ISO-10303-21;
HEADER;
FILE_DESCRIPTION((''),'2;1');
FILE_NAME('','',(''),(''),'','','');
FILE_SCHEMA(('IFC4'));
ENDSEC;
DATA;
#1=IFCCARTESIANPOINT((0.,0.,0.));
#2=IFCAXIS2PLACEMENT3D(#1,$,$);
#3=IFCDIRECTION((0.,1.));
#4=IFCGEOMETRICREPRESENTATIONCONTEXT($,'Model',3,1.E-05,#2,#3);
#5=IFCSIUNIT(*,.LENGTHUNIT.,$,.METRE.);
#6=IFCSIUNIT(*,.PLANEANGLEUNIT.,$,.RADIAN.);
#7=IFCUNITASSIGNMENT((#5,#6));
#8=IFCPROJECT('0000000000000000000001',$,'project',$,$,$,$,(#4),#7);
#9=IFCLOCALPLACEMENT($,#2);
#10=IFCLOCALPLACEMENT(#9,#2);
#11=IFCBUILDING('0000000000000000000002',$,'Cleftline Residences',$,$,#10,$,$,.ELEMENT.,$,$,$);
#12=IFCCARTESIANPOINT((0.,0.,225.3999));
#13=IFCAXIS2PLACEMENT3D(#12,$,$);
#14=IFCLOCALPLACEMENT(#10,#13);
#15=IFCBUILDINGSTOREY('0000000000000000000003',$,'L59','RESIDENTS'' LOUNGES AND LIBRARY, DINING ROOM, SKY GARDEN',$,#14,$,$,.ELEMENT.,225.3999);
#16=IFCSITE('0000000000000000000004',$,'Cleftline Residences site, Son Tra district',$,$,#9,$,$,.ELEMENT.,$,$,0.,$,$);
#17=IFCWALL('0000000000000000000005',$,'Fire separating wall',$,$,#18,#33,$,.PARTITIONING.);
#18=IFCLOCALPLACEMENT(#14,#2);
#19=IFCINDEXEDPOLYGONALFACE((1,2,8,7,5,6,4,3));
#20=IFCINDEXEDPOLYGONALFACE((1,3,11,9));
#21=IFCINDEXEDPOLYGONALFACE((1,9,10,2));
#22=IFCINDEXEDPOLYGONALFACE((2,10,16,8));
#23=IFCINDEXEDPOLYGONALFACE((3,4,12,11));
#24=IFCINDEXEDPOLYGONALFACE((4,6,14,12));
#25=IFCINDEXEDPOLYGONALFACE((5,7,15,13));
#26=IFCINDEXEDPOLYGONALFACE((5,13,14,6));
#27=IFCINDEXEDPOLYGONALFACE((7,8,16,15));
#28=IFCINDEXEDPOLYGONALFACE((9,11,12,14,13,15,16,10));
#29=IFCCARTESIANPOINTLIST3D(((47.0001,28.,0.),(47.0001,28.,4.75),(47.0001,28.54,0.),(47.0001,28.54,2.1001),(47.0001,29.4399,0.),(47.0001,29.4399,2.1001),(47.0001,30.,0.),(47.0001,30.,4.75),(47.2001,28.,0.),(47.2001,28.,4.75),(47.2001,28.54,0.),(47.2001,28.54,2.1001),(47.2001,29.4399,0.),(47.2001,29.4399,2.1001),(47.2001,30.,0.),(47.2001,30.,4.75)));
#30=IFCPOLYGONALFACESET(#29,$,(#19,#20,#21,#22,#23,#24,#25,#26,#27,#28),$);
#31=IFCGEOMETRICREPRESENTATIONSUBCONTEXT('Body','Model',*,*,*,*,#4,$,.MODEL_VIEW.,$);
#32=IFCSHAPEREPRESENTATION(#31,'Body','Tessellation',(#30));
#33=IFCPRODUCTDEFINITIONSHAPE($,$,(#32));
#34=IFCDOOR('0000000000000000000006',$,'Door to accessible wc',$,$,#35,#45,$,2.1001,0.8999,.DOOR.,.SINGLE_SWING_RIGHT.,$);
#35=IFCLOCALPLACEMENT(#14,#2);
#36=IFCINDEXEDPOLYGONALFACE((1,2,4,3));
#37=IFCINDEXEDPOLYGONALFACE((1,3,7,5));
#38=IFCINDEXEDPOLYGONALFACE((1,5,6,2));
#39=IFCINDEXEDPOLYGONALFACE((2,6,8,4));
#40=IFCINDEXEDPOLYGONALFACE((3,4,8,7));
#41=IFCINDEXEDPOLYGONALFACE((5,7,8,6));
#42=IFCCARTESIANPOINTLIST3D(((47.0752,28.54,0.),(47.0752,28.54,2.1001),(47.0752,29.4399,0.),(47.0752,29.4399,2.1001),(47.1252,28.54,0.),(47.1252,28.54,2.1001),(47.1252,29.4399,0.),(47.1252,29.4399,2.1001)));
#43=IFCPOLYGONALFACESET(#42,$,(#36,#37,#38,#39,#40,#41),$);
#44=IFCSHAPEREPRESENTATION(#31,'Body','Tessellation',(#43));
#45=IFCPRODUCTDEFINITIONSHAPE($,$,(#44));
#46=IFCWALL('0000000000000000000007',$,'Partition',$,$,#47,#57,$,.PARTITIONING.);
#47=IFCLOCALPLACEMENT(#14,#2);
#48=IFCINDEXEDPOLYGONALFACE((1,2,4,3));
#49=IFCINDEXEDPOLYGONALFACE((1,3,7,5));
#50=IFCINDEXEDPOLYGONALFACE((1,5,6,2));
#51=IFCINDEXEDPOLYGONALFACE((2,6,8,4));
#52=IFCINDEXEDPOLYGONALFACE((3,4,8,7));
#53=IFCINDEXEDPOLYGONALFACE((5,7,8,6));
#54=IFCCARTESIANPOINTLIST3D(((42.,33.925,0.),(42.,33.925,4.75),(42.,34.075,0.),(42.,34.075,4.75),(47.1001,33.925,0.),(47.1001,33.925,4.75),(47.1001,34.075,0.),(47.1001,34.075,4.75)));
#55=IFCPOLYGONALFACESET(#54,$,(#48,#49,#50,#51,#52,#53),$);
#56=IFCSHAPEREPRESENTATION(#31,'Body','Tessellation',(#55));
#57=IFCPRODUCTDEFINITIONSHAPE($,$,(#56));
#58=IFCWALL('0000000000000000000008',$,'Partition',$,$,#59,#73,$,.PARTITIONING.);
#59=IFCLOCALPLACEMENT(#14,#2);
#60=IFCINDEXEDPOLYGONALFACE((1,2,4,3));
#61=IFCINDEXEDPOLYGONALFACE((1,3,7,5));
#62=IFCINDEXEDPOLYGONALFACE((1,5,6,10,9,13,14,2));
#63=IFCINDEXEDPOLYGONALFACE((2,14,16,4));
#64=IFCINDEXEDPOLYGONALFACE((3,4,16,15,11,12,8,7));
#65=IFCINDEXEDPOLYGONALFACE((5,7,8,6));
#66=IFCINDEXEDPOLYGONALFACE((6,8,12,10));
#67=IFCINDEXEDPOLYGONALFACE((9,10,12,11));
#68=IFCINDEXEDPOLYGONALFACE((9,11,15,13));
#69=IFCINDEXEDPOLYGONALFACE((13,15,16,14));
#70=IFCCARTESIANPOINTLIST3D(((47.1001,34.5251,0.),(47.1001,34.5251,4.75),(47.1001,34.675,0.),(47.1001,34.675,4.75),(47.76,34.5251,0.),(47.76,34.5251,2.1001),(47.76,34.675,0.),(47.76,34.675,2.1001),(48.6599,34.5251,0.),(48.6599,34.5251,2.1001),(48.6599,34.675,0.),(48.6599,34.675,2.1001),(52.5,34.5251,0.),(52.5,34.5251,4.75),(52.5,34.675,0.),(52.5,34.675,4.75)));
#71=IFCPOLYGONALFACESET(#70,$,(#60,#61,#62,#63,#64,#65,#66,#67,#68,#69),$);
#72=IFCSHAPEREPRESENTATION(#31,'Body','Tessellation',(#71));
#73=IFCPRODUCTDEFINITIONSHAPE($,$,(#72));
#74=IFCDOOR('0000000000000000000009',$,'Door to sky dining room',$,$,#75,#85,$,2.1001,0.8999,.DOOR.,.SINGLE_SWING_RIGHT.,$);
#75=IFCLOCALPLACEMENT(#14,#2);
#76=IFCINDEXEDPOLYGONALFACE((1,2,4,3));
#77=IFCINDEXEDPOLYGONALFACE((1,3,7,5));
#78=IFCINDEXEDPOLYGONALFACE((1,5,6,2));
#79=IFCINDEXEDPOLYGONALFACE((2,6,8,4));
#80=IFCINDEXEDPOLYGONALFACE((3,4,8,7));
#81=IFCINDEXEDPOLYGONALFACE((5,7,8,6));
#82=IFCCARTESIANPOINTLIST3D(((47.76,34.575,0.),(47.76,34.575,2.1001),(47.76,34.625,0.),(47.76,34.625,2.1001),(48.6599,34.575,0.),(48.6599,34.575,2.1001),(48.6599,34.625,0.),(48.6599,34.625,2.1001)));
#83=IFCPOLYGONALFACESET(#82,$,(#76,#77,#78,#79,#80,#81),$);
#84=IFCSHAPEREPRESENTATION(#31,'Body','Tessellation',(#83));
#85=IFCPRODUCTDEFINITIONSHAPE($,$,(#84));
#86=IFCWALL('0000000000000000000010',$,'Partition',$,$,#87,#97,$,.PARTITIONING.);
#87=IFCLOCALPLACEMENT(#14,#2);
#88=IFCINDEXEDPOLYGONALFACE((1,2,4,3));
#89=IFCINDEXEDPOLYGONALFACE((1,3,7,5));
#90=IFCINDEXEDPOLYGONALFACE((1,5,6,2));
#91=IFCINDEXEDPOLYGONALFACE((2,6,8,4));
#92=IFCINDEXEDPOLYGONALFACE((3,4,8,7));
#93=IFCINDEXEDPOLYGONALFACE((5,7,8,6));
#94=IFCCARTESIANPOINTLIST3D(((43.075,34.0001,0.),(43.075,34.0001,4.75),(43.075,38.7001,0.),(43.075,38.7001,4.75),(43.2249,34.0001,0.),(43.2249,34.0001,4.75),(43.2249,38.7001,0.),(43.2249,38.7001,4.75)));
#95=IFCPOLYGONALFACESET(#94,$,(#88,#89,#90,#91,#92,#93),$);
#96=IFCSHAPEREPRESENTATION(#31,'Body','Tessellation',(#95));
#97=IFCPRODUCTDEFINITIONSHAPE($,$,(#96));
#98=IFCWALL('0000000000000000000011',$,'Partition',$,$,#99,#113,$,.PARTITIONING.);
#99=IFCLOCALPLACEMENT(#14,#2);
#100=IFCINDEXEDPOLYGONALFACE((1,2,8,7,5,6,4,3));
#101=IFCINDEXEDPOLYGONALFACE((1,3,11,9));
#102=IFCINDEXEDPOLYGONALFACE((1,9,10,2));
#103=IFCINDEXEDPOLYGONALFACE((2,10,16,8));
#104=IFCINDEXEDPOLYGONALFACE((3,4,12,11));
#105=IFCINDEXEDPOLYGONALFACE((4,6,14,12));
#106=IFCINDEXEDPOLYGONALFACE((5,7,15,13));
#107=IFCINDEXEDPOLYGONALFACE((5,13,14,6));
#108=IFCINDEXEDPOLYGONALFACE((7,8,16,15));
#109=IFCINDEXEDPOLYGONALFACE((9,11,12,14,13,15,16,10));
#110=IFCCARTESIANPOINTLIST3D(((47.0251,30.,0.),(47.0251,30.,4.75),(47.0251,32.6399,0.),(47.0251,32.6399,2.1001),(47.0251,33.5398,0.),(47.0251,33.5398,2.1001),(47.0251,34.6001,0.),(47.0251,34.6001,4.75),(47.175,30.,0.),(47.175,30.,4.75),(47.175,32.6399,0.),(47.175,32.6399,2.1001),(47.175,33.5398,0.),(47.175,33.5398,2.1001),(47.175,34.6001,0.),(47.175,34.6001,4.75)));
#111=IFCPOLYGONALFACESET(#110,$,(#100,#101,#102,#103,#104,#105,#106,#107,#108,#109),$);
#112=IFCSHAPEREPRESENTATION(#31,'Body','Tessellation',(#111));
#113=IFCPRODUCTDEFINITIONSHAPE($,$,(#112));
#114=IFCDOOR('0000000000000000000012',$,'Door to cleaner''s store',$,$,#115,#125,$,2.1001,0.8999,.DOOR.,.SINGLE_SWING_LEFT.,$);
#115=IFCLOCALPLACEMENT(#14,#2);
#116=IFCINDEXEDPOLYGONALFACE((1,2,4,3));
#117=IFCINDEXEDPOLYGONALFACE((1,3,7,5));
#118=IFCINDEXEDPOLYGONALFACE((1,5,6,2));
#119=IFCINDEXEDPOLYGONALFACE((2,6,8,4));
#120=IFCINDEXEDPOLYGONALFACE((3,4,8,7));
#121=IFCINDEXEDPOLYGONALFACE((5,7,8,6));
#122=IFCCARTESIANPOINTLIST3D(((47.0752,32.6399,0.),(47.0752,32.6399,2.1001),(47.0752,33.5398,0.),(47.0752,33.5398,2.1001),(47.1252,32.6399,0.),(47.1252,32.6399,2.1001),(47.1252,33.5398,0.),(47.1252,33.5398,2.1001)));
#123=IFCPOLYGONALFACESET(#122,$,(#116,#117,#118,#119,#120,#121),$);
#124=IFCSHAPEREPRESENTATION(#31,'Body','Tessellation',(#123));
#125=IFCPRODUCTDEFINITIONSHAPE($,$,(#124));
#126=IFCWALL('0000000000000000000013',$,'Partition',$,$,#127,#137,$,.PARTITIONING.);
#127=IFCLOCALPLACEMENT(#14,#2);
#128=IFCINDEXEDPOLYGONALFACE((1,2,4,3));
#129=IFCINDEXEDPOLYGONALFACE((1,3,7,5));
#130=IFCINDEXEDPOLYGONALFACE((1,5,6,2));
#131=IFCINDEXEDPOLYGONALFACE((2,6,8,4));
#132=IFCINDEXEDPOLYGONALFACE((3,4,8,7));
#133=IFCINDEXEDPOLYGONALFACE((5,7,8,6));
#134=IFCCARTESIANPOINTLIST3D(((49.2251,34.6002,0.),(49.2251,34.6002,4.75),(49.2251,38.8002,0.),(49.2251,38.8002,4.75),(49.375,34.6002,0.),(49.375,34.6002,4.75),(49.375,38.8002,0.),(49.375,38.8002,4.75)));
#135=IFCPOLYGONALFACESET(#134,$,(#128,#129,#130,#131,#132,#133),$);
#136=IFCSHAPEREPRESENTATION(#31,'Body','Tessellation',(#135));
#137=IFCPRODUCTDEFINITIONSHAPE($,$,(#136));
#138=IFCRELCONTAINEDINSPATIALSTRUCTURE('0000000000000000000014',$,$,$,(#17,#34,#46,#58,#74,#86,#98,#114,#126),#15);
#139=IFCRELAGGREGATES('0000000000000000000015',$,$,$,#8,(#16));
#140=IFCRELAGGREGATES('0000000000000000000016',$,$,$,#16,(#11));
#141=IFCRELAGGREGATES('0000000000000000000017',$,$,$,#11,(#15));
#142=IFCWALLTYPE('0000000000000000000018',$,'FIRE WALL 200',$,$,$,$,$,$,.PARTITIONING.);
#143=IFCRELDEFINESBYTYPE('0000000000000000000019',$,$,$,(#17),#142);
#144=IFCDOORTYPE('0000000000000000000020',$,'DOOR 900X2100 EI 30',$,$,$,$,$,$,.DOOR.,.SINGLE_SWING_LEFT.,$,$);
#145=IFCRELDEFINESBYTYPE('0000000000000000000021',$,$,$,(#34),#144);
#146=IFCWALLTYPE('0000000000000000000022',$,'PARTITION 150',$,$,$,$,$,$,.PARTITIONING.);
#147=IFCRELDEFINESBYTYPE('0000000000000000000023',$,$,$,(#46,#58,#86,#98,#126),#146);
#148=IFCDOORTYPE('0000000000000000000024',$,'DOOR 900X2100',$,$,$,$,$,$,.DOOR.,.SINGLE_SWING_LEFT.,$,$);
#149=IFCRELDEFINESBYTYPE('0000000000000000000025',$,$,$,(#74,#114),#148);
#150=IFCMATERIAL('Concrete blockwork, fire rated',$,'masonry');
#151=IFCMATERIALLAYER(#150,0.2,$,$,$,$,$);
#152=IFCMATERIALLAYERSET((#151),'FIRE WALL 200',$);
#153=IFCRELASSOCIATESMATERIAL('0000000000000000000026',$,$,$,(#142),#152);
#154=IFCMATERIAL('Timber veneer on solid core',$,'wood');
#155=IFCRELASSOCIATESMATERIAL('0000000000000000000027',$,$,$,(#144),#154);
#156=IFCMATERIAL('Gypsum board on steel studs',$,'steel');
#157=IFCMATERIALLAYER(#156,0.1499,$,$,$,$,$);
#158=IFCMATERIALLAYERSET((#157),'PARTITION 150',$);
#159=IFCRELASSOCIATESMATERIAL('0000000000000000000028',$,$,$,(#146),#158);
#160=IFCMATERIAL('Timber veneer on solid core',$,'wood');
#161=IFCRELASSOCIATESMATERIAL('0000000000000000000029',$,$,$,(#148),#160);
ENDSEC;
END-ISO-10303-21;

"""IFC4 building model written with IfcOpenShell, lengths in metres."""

from ifc_helpers import new_model, si_unit, direction, frame, frame_2d, origin, place, context, subcontext, project, spatial, rectangle, extrude, material, layer, layer_set, type_object, element, fill, save


model = new_model("IFC4")

# Units and contexts
model_context = context("Model", 3, precision=1e-05, world=origin(), true_north=direction((0.0, 1.0)))
body_context = subcontext(model_context, "Body", "Model", "MODEL_VIEW")
ifc_project = project(units=[si_unit("LENGTHUNIT", "METRE"), si_unit("PLANEANGLEUNIT", "RADIAN")], contexts=[model_context])

# Site, building, storey
site_placement = place(None, origin())
site = spatial("IfcSite", under=ifc_project, at=site_placement, Name="Cleftline Residences site, Son Tra district", CompositionType="ELEMENT", RefElevation=0.0)
building_placement = place(site_placement, origin())
building = spatial("IfcBuilding", under=site, at=building_placement, Name="Cleftline Residences", CompositionType="ELEMENT")
storey_placement = place(building_placement, frame((0.0, 0.0, 225.3999)))
storey = spatial("IfcBuildingStorey", under=building, at=storey_placement, Name="L59", Description="RESIDENTS' LOUNGES AND LIBRARY, DINING ROOM, SKY GARDEN", CompositionType="ELEMENT", Elevation=225.3999)

# Shared definitions
ifc_material_1 = material(Name="Concrete blockwork, fire rated", Category="masonry")
ifc_layer_1 = layer(ifc_material_1, 0.2)
ifc_layer_set_1 = layer_set([ifc_layer_1], Name="FIRE WALL 200")
wall_type_1 = type_object("IfcWallType", Name="FIRE WALL 200", PredefinedType="PARTITIONING", material=ifc_layer_set_1)

# Wall, opening, door
wall_1_placement = place(storey_placement, frame((47.1001, 28.0, 0.0), z_axis=(0.0, 0.0, 1.0), x_axis=(0.0, 1.0, 0.0)))
wall_1 = element("IfcWall", 1, at=wall_1_placement, inside=storey, type_object=wall_type_1, Name="Fire separating wall", PredefinedType="PARTITIONING", context=body_context, shape_type="SweptSolid", body=[
    extrude(rectangle(XDim=2.0, YDim=0.2, at=frame_2d((1.0, 0.0))), origin(), (0.0, 0.0, 1.0), 4.75),
])
opening_1_placement = place(wall_1_placement, frame((0.54, 0.0, 0.0)))
opening_1 = element("IfcOpeningElement", 2, at=opening_1_placement, cuts=wall_1, PredefinedType="OPENING", context=body_context, shape_type="SweptSolid", body=[
    extrude(rectangle(XDim=0.8999, YDim=2.1001, at=frame_2d((0.45, 1.05))), frame((0.0, 0.1099, 0.0), z_axis=(0.0, -1.0, 0.0), x_axis=(1.0, 0.0, 0.0)), (0.0, 0.0, 1.0), 0.22),
])
ifc_material_2 = material(Name="Timber veneer on solid core", Category="wood")
door_type_1 = type_object("IfcDoorType", Name="DOOR 900X2100 EI 30", OperationType="SINGLE_SWING_LEFT", PredefinedType="DOOR", material=ifc_material_2)
door_1_placement = place(opening_1_placement, origin())
door_1 = element("IfcDoor", 3, at=door_1_placement, inside=storey, type_object=door_type_1, Name="Door to accessible wc", OperationType="SINGLE_SWING_RIGHT", OverallHeight=2.1001, OverallWidth=0.8999, PredefinedType="DOOR", context=body_context, shape_type="SweptSolid", body=[
    extrude(rectangle(XDim=0.8999, YDim=2.1001, at=frame_2d((0.45, 1.05))), frame((0.0, 0.0249, 0.0), z_axis=(0.0, -1.0, 0.0), x_axis=(1.0, 0.0, 0.0)), (0.0, 0.0, 1.0), 0.05),
])
fill(opening_1, door_1)

# Wall
ifc_material_3 = material(Name="Gypsum board on steel studs", Category="steel")
ifc_layer_2 = layer(ifc_material_3, 0.1499)
ifc_layer_set_2 = layer_set([ifc_layer_2], Name="PARTITION 150")
wall_type_2 = type_object("IfcWallType", Name="PARTITION 150", PredefinedType="PARTITIONING", material=ifc_layer_set_2)
wall_2_placement = place(storey_placement, frame((42.0, 34.0, 0.0), z_axis=(0.0, 0.0, 1.0), x_axis=(1.0, 0.0, 0.0)))
element("IfcWall", 4, at=wall_2_placement, inside=storey, type_object=wall_type_2, Name="Partition", PredefinedType="PARTITIONING", context=body_context, shape_type="SweptSolid", body=[
    extrude(rectangle(XDim=5.1001, YDim=0.1499, at=frame_2d((2.55, 0.0))), origin(), (0.0, 0.0, 1.0), 4.75),
])

# Wall, opening, door
wall_3_placement = place(storey_placement, frame((47.1001, 34.6001, 0.0), z_axis=(0.0, 0.0, 1.0), x_axis=(1.0, 0.0, 0.0)))
wall_3 = element("IfcWall", 5, at=wall_3_placement, inside=storey, type_object=wall_type_2, Name="Partition", PredefinedType="PARTITIONING", context=body_context, shape_type="SweptSolid", body=[
    extrude(rectangle(XDim=5.3999, YDim=0.1499, at=frame_2d((2.7, 0.0))), origin(), (0.0, 0.0, 1.0), 4.75),
])
opening_2_placement = place(wall_3_placement, frame((0.6599, 0.0, 0.0)))
opening_2 = element("IfcOpeningElement", 6, at=opening_2_placement, cuts=wall_3, PredefinedType="OPENING", context=body_context, shape_type="SweptSolid", body=[
    extrude(rectangle(XDim=0.8999, YDim=2.1001, at=frame_2d((0.45, 1.05))), frame((0.0, 0.085, 0.0), z_axis=(0.0, -1.0, 0.0), x_axis=(1.0, 0.0, 0.0)), (0.0, 0.0, 1.0), 0.1699),
])
ifc_material_4 = material(Name="Timber veneer on solid core", Category="wood")
door_type_2 = type_object("IfcDoorType", Name="DOOR 900X2100", OperationType="SINGLE_SWING_LEFT", PredefinedType="DOOR", material=ifc_material_4)
door_2_placement = place(opening_2_placement, origin())
door_2 = element("IfcDoor", 7, at=door_2_placement, inside=storey, type_object=door_type_2, Name="Door to sky dining room", OperationType="SINGLE_SWING_RIGHT", OverallHeight=2.1001, OverallWidth=0.8999, PredefinedType="DOOR", context=body_context, shape_type="SweptSolid", body=[
    extrude(rectangle(XDim=0.8999, YDim=2.1001, at=frame_2d((0.45, 1.05))), frame((0.0, 0.0249, 0.0), z_axis=(0.0, -1.0, 0.0), x_axis=(1.0, 0.0, 0.0)), (0.0, 0.0, 1.0), 0.05),
])
fill(opening_2, door_2)

# Wall
wall_4_placement = place(storey_placement, frame((43.1499, 34.0, 0.0), z_axis=(0.0, 0.0, 1.0), x_axis=(0.0, 1.0, 0.0)))
element("IfcWall", 8, at=wall_4_placement, inside=storey, type_object=wall_type_2, Name="Partition", PredefinedType="PARTITIONING", context=body_context, shape_type="SweptSolid", body=[
    extrude(rectangle(XDim=4.7, YDim=0.1499, at=frame_2d((2.3501, 0.0))), origin(), (0.0, 0.0, 1.0), 4.75),
])

# Wall, opening, door
wall_5_placement = place(storey_placement, frame((47.1001, 30.0, 0.0), z_axis=(0.0, 0.0, 1.0), x_axis=(0.0, 1.0, 0.0)))
wall_5 = element("IfcWall", 9, at=wall_5_placement, inside=storey, type_object=wall_type_2, Name="Partition", PredefinedType="PARTITIONING", context=body_context, shape_type="SweptSolid", body=[
    extrude(rectangle(XDim=4.6001, YDim=0.1499, at=frame_2d((2.3, 0.0))), origin(), (0.0, 0.0, 1.0), 4.75),
])
opening_3_placement = place(wall_5_placement, frame((2.6399, 0.0, 0.0)))
opening_3 = element("IfcOpeningElement", 10, at=opening_3_placement, cuts=wall_5, PredefinedType="OPENING", context=body_context, shape_type="SweptSolid", body=[
    extrude(rectangle(XDim=0.8999, YDim=2.1001, at=frame_2d((0.45, 1.05))), frame((0.0, 0.085, 0.0), z_axis=(0.0, -1.0, 0.0), x_axis=(1.0, 0.0, 0.0)), (0.0, 0.0, 1.0), 0.1699),
])
door_3_placement = place(opening_3_placement, origin())
door_3 = element("IfcDoor", 11, at=door_3_placement, inside=storey, type_object=door_type_2, Name="Door to cleaner's store", OperationType="SINGLE_SWING_LEFT", OverallHeight=2.1001, OverallWidth=0.8999, PredefinedType="DOOR", context=body_context, shape_type="SweptSolid", body=[
    extrude(rectangle(XDim=0.8999, YDim=2.1001, at=frame_2d((0.45, 1.05))), frame((0.0, 0.0249, 0.0), z_axis=(0.0, -1.0, 0.0), x_axis=(1.0, 0.0, 0.0)), (0.0, 0.0, 1.0), 0.05),
])
fill(opening_3, door_3)

# Wall
wall_6_placement = place(storey_placement, frame((49.3, 34.6001, 0.0), z_axis=(0.0, 0.0, 1.0), x_axis=(0.0, 1.0, 0.0)))
element("IfcWall", 12, at=wall_6_placement, inside=storey, type_object=wall_type_2, Name="Partition", PredefinedType="PARTITIONING", context=body_context, shape_type="SweptSolid", body=[
    extrude(rectangle(XDim=4.2, YDim=0.1499, at=frame_2d((2.1001, 0.0))), origin(), (0.0, 0.0, 1.0), 4.75),
])

save(model, "model.ifc")
